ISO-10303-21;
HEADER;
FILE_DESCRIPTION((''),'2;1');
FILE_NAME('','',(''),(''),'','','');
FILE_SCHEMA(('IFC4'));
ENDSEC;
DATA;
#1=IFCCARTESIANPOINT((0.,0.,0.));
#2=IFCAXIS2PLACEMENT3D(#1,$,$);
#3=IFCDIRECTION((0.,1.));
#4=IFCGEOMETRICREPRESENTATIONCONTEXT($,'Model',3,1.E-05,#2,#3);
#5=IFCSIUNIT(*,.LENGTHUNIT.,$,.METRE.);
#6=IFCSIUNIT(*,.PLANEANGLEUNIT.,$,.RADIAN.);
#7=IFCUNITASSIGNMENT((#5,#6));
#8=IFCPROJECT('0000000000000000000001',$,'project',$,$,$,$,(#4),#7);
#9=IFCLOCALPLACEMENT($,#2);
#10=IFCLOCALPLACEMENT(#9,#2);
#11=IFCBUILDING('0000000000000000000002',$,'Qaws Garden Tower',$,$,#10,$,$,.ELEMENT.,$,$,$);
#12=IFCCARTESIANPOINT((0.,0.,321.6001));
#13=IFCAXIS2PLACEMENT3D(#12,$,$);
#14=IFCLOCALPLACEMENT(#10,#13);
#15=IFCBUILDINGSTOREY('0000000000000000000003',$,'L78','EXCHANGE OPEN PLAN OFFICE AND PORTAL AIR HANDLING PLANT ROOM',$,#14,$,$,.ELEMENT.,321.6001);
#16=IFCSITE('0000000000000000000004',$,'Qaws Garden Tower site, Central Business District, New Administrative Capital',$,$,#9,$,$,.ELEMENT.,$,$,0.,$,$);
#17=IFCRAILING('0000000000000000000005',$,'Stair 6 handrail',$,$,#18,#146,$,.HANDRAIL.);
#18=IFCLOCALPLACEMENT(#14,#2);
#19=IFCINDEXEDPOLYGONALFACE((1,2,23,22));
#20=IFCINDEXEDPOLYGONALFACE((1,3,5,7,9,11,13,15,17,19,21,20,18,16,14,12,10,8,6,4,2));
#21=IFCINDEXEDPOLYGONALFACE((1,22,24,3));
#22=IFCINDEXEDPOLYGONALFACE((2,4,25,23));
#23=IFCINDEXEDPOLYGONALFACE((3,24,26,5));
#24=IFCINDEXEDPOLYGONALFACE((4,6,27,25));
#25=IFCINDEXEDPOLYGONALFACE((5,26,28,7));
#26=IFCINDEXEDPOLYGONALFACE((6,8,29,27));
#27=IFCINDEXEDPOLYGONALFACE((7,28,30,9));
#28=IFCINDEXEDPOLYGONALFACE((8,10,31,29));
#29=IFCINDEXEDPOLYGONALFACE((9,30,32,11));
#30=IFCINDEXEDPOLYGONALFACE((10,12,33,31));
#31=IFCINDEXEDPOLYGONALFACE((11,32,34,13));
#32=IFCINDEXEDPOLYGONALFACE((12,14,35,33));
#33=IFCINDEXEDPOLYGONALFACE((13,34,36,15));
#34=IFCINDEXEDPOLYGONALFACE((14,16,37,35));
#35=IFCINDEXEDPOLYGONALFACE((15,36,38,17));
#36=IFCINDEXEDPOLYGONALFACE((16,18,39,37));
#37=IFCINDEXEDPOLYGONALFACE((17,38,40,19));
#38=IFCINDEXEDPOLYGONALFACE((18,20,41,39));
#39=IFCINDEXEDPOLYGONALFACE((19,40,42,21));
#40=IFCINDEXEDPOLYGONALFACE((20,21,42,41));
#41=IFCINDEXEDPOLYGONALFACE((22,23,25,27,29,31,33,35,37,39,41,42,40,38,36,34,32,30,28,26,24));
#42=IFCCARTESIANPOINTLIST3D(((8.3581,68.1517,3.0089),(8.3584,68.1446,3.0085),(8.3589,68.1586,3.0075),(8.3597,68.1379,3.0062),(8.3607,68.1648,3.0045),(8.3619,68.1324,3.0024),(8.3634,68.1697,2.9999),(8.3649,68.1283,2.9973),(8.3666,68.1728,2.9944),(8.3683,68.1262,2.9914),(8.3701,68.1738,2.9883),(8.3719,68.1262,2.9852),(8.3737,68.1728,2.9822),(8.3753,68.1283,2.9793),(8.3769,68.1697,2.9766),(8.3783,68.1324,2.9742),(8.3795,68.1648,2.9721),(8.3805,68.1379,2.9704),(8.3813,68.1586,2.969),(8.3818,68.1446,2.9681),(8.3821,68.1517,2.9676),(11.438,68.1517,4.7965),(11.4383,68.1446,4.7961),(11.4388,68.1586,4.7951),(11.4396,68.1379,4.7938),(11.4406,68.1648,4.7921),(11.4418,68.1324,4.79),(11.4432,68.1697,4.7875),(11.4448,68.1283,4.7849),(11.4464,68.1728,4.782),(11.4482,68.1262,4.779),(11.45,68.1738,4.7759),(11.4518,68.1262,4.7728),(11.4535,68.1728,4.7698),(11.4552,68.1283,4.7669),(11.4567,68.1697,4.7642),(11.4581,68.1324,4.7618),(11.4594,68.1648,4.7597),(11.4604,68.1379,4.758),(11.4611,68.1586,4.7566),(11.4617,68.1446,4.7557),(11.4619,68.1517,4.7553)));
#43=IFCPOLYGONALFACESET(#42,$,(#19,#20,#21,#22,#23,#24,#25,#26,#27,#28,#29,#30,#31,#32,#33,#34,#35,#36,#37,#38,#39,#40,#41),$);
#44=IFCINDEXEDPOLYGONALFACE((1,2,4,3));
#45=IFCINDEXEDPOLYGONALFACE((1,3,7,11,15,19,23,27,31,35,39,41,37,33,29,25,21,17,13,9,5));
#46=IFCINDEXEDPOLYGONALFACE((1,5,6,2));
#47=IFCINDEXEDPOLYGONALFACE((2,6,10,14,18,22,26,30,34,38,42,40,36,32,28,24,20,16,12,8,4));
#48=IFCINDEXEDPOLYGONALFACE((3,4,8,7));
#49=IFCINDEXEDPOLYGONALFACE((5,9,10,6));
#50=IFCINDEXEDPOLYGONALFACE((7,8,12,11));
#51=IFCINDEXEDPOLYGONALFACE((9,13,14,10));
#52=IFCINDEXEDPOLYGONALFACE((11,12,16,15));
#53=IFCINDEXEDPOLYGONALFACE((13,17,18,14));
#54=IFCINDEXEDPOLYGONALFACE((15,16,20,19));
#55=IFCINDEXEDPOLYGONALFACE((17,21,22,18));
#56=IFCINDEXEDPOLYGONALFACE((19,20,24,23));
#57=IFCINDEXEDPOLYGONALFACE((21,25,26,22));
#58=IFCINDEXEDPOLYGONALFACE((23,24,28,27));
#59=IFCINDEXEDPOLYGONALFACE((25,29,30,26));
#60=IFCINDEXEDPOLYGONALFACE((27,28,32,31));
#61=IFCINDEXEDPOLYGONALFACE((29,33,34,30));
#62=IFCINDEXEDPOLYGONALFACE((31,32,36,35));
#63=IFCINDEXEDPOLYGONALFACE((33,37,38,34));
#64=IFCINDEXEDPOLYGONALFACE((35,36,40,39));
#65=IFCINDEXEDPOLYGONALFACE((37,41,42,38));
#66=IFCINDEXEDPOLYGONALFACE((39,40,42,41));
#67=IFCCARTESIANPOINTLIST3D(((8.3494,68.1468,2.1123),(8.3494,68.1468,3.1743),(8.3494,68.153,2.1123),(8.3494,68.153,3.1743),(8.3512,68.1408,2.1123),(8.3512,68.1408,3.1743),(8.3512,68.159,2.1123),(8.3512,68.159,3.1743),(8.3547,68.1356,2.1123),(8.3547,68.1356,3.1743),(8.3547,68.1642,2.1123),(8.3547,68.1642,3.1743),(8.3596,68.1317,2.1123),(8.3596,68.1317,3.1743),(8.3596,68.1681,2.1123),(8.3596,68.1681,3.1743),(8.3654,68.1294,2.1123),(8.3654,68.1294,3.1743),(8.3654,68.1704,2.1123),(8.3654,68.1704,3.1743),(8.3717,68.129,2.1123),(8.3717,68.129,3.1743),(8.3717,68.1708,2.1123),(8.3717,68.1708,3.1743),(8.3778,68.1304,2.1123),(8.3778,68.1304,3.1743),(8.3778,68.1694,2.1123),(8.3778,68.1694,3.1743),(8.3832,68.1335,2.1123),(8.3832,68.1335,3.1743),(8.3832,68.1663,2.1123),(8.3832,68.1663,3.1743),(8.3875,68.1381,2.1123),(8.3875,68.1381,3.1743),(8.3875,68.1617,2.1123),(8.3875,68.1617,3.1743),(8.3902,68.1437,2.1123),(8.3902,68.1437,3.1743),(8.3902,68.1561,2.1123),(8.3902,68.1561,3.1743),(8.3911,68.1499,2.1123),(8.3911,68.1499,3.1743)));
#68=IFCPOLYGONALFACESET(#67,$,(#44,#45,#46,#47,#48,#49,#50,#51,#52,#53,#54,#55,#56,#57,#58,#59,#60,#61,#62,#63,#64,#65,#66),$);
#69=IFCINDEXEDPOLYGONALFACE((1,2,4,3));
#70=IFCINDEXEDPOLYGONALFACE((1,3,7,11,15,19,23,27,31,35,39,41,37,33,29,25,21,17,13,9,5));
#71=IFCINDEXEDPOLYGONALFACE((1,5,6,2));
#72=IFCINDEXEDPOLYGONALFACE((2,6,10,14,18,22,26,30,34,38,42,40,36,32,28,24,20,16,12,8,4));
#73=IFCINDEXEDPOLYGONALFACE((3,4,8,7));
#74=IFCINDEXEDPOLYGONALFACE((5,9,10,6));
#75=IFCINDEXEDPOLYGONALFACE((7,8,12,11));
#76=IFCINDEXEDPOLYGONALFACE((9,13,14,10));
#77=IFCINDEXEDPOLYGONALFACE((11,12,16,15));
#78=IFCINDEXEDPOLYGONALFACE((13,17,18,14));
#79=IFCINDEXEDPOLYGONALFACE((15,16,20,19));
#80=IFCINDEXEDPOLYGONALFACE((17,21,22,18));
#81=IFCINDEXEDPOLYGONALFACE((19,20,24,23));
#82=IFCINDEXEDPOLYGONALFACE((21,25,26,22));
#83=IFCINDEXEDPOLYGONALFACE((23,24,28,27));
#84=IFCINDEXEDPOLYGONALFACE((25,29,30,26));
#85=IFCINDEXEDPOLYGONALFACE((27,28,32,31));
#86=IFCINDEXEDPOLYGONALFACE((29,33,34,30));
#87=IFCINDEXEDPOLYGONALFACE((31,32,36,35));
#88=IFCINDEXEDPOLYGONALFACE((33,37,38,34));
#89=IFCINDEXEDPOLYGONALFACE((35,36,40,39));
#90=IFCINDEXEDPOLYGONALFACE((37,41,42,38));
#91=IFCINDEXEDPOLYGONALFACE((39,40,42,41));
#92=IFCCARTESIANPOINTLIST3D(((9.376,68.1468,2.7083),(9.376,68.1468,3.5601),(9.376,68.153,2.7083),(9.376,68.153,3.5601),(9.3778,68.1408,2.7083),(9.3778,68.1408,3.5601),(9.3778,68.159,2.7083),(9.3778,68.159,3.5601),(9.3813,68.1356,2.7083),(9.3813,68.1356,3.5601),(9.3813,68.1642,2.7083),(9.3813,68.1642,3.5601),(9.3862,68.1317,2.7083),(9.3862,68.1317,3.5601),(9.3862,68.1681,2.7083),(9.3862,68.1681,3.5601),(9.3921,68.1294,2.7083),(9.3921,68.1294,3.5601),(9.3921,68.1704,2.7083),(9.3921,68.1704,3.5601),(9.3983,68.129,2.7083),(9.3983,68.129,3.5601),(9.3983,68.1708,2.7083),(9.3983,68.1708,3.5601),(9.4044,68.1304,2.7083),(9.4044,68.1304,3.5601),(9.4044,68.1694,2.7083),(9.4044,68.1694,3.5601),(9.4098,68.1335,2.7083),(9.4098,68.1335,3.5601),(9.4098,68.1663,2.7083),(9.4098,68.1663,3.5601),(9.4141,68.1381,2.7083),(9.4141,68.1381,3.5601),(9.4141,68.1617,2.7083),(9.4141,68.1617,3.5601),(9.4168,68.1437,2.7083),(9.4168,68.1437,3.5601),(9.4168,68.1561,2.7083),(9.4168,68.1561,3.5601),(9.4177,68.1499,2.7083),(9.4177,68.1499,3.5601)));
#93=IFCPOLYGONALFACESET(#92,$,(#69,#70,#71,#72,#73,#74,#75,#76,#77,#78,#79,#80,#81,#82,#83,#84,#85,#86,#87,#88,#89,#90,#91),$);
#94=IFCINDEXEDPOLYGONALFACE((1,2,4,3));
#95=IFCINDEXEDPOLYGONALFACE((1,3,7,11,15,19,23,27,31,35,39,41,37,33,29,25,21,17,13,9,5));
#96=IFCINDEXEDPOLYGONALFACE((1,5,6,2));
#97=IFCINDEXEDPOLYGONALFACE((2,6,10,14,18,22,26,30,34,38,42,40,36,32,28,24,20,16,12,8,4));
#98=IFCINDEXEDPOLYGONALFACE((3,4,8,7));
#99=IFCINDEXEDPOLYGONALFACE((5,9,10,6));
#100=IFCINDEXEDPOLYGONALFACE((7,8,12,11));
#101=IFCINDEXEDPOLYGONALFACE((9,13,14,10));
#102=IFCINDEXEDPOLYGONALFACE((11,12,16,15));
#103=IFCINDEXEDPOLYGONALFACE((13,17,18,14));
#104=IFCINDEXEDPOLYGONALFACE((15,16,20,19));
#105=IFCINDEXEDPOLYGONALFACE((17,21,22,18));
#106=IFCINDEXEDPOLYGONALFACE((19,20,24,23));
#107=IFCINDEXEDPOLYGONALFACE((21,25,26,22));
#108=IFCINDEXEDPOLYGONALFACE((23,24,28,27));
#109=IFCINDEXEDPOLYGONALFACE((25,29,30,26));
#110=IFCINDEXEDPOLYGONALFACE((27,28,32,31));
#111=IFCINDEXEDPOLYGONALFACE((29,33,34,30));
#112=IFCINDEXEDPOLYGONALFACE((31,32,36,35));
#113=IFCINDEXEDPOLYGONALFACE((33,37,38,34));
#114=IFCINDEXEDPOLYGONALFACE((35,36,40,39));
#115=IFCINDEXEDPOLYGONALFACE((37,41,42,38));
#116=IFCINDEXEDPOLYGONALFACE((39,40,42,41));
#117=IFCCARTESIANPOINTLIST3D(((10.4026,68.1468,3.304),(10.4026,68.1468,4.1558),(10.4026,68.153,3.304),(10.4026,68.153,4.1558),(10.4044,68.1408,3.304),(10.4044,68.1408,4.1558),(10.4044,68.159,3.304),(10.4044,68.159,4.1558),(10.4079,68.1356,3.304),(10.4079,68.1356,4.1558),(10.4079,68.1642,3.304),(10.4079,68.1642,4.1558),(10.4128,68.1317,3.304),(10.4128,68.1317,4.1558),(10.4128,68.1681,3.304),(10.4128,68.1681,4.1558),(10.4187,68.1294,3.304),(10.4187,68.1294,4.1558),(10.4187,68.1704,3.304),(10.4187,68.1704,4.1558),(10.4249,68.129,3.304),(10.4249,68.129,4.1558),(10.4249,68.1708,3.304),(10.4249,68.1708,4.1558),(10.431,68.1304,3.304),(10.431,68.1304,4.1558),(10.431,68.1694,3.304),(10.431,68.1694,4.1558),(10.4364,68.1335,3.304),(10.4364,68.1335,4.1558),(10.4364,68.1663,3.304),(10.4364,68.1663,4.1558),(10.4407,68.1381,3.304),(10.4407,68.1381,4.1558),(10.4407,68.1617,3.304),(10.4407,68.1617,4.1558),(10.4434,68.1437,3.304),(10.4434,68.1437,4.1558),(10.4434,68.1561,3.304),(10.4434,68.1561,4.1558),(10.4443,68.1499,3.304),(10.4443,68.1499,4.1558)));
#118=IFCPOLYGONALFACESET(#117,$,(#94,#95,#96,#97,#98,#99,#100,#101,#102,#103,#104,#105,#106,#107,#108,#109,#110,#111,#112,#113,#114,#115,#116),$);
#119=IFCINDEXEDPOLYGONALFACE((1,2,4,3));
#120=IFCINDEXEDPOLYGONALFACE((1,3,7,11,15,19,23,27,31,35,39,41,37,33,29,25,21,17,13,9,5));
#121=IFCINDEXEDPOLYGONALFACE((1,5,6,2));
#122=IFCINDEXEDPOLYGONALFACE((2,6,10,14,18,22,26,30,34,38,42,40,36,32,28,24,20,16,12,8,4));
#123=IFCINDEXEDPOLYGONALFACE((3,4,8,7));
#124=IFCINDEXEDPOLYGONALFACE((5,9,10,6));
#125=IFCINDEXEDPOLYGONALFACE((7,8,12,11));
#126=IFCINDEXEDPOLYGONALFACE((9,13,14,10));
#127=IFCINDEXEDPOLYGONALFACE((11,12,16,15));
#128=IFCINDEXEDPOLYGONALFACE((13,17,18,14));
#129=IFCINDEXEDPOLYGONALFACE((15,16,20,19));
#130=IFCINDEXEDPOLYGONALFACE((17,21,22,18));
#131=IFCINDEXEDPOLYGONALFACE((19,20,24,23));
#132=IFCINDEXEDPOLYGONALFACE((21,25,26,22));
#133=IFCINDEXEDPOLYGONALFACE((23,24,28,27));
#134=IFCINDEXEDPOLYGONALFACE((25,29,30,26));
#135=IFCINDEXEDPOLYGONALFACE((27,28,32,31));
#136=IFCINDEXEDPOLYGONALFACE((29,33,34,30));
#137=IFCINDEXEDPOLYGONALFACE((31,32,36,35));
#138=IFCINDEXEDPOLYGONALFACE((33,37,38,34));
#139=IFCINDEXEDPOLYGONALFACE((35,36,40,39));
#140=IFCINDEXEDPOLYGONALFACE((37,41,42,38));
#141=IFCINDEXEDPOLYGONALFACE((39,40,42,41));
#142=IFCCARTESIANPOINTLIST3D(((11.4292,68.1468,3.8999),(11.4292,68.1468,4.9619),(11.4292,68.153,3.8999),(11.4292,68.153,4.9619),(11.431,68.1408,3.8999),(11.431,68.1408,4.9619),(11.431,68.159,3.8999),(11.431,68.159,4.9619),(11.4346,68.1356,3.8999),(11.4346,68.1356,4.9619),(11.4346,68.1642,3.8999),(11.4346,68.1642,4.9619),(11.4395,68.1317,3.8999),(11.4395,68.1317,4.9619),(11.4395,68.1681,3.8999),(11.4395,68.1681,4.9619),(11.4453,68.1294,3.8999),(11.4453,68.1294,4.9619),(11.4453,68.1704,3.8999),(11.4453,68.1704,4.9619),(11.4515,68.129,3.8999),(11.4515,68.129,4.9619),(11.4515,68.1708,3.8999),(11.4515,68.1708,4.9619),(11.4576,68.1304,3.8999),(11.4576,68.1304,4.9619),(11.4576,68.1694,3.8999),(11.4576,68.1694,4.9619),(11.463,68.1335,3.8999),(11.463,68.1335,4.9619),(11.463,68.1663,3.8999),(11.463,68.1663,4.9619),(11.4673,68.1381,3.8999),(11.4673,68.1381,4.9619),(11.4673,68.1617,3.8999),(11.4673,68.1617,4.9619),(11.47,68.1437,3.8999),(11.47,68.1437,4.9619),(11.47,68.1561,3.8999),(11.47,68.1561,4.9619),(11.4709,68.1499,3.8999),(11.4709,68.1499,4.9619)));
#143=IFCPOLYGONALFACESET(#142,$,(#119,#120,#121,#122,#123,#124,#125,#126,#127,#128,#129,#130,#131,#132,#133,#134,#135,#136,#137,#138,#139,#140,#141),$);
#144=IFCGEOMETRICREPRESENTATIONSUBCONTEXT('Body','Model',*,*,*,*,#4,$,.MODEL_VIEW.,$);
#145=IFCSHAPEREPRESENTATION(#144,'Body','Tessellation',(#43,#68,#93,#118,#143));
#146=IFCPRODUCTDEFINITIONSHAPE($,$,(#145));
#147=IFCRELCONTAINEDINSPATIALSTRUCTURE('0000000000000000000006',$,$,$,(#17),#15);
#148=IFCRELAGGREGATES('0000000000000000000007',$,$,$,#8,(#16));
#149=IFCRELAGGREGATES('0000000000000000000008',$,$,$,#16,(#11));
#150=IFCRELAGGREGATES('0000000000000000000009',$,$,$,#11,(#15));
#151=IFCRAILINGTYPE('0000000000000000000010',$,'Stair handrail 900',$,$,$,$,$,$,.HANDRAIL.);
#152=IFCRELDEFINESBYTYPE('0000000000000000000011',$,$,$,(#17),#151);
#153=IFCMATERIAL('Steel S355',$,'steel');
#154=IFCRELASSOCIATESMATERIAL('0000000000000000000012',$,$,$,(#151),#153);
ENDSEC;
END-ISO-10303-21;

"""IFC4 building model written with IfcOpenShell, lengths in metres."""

from ifc_helpers import new_model, si_unit, direction, frame, origin, origin_2d, place, context, subcontext, project, spatial, circle, extrude, material, type_object, element, save


model = new_model("IFC4")

# Units and contexts
model_context = context("Model", 3, precision=1e-05, world=origin(), true_north=direction((0.0, 1.0)))
body_context = subcontext(model_context, "Body", "Model", "MODEL_VIEW")
ifc_project = project(units=[si_unit("LENGTHUNIT", "METRE"), si_unit("PLANEANGLEUNIT", "RADIAN")], contexts=[model_context])

# Site, building, storey
site_placement = place(None, origin())
site = spatial("IfcSite", under=ifc_project, at=site_placement, Name="Qaws Garden Tower site, Central Business District, New Administrative Capital", CompositionType="ELEMENT", RefElevation=0.0)
building_placement = place(site_placement, origin())
building = spatial("IfcBuilding", under=site, at=building_placement, Name="Qaws Garden Tower", CompositionType="ELEMENT")
storey_placement = place(building_placement, frame((0.0, 0.0, 321.6001)))
storey = spatial("IfcBuildingStorey", under=building, at=storey_placement, Name="L78", Description="EXCHANGE OPEN PLAN OFFICE AND PORTAL AIR HANDLING PLANT ROOM", CompositionType="ELEMENT", Elevation=321.6001)

# Railing
ifc_material_1 = material(Name="Steel S355", Category="steel")
railing_type = type_object("IfcRailingType", Name="Stair handrail 900", PredefinedType="HANDRAIL", material=ifc_material_1)
railing_1_placement = place(storey_placement, frame((8.3701, 68.1499, 2.1123)))
element("IfcRailing", 1, at=railing_1_placement, inside=storey, type_object=railing_type, Name="Stair 6 handrail", PredefinedType="HANDRAIL", context=body_context, shape_type="SweptSolid", body=[
    extrude(circle(Radius=0.0239, at=origin_2d()), frame((0.0, 0.0, 0.876), z_axis=(0.864873, 0.0, 0.50199), x_axis=(0.0, 1.0, 0.0)), (0.0, 0.0, 1.0), 3.561),
    extrude(circle(Radius=0.021, at=origin_2d()), origin(), (0.0, 0.0, 1.0), 1.062),
    extrude(circle(Radius=0.021, at=origin_2d()), frame((1.0266, 0.0, 0.5959)), (0.0, 0.0, 1.0), 0.8518),
    extrude(circle(Radius=0.021, at=origin_2d()), frame((2.0532, 0.0, 1.1917)), (0.0, 0.0, 1.0), 0.8518),
    extrude(circle(Radius=0.021, at=origin_2d()), frame((3.0798, 0.0, 1.7876)), (0.0, 0.0, 1.0), 1.062),
])

save(model, "model.ifc")
